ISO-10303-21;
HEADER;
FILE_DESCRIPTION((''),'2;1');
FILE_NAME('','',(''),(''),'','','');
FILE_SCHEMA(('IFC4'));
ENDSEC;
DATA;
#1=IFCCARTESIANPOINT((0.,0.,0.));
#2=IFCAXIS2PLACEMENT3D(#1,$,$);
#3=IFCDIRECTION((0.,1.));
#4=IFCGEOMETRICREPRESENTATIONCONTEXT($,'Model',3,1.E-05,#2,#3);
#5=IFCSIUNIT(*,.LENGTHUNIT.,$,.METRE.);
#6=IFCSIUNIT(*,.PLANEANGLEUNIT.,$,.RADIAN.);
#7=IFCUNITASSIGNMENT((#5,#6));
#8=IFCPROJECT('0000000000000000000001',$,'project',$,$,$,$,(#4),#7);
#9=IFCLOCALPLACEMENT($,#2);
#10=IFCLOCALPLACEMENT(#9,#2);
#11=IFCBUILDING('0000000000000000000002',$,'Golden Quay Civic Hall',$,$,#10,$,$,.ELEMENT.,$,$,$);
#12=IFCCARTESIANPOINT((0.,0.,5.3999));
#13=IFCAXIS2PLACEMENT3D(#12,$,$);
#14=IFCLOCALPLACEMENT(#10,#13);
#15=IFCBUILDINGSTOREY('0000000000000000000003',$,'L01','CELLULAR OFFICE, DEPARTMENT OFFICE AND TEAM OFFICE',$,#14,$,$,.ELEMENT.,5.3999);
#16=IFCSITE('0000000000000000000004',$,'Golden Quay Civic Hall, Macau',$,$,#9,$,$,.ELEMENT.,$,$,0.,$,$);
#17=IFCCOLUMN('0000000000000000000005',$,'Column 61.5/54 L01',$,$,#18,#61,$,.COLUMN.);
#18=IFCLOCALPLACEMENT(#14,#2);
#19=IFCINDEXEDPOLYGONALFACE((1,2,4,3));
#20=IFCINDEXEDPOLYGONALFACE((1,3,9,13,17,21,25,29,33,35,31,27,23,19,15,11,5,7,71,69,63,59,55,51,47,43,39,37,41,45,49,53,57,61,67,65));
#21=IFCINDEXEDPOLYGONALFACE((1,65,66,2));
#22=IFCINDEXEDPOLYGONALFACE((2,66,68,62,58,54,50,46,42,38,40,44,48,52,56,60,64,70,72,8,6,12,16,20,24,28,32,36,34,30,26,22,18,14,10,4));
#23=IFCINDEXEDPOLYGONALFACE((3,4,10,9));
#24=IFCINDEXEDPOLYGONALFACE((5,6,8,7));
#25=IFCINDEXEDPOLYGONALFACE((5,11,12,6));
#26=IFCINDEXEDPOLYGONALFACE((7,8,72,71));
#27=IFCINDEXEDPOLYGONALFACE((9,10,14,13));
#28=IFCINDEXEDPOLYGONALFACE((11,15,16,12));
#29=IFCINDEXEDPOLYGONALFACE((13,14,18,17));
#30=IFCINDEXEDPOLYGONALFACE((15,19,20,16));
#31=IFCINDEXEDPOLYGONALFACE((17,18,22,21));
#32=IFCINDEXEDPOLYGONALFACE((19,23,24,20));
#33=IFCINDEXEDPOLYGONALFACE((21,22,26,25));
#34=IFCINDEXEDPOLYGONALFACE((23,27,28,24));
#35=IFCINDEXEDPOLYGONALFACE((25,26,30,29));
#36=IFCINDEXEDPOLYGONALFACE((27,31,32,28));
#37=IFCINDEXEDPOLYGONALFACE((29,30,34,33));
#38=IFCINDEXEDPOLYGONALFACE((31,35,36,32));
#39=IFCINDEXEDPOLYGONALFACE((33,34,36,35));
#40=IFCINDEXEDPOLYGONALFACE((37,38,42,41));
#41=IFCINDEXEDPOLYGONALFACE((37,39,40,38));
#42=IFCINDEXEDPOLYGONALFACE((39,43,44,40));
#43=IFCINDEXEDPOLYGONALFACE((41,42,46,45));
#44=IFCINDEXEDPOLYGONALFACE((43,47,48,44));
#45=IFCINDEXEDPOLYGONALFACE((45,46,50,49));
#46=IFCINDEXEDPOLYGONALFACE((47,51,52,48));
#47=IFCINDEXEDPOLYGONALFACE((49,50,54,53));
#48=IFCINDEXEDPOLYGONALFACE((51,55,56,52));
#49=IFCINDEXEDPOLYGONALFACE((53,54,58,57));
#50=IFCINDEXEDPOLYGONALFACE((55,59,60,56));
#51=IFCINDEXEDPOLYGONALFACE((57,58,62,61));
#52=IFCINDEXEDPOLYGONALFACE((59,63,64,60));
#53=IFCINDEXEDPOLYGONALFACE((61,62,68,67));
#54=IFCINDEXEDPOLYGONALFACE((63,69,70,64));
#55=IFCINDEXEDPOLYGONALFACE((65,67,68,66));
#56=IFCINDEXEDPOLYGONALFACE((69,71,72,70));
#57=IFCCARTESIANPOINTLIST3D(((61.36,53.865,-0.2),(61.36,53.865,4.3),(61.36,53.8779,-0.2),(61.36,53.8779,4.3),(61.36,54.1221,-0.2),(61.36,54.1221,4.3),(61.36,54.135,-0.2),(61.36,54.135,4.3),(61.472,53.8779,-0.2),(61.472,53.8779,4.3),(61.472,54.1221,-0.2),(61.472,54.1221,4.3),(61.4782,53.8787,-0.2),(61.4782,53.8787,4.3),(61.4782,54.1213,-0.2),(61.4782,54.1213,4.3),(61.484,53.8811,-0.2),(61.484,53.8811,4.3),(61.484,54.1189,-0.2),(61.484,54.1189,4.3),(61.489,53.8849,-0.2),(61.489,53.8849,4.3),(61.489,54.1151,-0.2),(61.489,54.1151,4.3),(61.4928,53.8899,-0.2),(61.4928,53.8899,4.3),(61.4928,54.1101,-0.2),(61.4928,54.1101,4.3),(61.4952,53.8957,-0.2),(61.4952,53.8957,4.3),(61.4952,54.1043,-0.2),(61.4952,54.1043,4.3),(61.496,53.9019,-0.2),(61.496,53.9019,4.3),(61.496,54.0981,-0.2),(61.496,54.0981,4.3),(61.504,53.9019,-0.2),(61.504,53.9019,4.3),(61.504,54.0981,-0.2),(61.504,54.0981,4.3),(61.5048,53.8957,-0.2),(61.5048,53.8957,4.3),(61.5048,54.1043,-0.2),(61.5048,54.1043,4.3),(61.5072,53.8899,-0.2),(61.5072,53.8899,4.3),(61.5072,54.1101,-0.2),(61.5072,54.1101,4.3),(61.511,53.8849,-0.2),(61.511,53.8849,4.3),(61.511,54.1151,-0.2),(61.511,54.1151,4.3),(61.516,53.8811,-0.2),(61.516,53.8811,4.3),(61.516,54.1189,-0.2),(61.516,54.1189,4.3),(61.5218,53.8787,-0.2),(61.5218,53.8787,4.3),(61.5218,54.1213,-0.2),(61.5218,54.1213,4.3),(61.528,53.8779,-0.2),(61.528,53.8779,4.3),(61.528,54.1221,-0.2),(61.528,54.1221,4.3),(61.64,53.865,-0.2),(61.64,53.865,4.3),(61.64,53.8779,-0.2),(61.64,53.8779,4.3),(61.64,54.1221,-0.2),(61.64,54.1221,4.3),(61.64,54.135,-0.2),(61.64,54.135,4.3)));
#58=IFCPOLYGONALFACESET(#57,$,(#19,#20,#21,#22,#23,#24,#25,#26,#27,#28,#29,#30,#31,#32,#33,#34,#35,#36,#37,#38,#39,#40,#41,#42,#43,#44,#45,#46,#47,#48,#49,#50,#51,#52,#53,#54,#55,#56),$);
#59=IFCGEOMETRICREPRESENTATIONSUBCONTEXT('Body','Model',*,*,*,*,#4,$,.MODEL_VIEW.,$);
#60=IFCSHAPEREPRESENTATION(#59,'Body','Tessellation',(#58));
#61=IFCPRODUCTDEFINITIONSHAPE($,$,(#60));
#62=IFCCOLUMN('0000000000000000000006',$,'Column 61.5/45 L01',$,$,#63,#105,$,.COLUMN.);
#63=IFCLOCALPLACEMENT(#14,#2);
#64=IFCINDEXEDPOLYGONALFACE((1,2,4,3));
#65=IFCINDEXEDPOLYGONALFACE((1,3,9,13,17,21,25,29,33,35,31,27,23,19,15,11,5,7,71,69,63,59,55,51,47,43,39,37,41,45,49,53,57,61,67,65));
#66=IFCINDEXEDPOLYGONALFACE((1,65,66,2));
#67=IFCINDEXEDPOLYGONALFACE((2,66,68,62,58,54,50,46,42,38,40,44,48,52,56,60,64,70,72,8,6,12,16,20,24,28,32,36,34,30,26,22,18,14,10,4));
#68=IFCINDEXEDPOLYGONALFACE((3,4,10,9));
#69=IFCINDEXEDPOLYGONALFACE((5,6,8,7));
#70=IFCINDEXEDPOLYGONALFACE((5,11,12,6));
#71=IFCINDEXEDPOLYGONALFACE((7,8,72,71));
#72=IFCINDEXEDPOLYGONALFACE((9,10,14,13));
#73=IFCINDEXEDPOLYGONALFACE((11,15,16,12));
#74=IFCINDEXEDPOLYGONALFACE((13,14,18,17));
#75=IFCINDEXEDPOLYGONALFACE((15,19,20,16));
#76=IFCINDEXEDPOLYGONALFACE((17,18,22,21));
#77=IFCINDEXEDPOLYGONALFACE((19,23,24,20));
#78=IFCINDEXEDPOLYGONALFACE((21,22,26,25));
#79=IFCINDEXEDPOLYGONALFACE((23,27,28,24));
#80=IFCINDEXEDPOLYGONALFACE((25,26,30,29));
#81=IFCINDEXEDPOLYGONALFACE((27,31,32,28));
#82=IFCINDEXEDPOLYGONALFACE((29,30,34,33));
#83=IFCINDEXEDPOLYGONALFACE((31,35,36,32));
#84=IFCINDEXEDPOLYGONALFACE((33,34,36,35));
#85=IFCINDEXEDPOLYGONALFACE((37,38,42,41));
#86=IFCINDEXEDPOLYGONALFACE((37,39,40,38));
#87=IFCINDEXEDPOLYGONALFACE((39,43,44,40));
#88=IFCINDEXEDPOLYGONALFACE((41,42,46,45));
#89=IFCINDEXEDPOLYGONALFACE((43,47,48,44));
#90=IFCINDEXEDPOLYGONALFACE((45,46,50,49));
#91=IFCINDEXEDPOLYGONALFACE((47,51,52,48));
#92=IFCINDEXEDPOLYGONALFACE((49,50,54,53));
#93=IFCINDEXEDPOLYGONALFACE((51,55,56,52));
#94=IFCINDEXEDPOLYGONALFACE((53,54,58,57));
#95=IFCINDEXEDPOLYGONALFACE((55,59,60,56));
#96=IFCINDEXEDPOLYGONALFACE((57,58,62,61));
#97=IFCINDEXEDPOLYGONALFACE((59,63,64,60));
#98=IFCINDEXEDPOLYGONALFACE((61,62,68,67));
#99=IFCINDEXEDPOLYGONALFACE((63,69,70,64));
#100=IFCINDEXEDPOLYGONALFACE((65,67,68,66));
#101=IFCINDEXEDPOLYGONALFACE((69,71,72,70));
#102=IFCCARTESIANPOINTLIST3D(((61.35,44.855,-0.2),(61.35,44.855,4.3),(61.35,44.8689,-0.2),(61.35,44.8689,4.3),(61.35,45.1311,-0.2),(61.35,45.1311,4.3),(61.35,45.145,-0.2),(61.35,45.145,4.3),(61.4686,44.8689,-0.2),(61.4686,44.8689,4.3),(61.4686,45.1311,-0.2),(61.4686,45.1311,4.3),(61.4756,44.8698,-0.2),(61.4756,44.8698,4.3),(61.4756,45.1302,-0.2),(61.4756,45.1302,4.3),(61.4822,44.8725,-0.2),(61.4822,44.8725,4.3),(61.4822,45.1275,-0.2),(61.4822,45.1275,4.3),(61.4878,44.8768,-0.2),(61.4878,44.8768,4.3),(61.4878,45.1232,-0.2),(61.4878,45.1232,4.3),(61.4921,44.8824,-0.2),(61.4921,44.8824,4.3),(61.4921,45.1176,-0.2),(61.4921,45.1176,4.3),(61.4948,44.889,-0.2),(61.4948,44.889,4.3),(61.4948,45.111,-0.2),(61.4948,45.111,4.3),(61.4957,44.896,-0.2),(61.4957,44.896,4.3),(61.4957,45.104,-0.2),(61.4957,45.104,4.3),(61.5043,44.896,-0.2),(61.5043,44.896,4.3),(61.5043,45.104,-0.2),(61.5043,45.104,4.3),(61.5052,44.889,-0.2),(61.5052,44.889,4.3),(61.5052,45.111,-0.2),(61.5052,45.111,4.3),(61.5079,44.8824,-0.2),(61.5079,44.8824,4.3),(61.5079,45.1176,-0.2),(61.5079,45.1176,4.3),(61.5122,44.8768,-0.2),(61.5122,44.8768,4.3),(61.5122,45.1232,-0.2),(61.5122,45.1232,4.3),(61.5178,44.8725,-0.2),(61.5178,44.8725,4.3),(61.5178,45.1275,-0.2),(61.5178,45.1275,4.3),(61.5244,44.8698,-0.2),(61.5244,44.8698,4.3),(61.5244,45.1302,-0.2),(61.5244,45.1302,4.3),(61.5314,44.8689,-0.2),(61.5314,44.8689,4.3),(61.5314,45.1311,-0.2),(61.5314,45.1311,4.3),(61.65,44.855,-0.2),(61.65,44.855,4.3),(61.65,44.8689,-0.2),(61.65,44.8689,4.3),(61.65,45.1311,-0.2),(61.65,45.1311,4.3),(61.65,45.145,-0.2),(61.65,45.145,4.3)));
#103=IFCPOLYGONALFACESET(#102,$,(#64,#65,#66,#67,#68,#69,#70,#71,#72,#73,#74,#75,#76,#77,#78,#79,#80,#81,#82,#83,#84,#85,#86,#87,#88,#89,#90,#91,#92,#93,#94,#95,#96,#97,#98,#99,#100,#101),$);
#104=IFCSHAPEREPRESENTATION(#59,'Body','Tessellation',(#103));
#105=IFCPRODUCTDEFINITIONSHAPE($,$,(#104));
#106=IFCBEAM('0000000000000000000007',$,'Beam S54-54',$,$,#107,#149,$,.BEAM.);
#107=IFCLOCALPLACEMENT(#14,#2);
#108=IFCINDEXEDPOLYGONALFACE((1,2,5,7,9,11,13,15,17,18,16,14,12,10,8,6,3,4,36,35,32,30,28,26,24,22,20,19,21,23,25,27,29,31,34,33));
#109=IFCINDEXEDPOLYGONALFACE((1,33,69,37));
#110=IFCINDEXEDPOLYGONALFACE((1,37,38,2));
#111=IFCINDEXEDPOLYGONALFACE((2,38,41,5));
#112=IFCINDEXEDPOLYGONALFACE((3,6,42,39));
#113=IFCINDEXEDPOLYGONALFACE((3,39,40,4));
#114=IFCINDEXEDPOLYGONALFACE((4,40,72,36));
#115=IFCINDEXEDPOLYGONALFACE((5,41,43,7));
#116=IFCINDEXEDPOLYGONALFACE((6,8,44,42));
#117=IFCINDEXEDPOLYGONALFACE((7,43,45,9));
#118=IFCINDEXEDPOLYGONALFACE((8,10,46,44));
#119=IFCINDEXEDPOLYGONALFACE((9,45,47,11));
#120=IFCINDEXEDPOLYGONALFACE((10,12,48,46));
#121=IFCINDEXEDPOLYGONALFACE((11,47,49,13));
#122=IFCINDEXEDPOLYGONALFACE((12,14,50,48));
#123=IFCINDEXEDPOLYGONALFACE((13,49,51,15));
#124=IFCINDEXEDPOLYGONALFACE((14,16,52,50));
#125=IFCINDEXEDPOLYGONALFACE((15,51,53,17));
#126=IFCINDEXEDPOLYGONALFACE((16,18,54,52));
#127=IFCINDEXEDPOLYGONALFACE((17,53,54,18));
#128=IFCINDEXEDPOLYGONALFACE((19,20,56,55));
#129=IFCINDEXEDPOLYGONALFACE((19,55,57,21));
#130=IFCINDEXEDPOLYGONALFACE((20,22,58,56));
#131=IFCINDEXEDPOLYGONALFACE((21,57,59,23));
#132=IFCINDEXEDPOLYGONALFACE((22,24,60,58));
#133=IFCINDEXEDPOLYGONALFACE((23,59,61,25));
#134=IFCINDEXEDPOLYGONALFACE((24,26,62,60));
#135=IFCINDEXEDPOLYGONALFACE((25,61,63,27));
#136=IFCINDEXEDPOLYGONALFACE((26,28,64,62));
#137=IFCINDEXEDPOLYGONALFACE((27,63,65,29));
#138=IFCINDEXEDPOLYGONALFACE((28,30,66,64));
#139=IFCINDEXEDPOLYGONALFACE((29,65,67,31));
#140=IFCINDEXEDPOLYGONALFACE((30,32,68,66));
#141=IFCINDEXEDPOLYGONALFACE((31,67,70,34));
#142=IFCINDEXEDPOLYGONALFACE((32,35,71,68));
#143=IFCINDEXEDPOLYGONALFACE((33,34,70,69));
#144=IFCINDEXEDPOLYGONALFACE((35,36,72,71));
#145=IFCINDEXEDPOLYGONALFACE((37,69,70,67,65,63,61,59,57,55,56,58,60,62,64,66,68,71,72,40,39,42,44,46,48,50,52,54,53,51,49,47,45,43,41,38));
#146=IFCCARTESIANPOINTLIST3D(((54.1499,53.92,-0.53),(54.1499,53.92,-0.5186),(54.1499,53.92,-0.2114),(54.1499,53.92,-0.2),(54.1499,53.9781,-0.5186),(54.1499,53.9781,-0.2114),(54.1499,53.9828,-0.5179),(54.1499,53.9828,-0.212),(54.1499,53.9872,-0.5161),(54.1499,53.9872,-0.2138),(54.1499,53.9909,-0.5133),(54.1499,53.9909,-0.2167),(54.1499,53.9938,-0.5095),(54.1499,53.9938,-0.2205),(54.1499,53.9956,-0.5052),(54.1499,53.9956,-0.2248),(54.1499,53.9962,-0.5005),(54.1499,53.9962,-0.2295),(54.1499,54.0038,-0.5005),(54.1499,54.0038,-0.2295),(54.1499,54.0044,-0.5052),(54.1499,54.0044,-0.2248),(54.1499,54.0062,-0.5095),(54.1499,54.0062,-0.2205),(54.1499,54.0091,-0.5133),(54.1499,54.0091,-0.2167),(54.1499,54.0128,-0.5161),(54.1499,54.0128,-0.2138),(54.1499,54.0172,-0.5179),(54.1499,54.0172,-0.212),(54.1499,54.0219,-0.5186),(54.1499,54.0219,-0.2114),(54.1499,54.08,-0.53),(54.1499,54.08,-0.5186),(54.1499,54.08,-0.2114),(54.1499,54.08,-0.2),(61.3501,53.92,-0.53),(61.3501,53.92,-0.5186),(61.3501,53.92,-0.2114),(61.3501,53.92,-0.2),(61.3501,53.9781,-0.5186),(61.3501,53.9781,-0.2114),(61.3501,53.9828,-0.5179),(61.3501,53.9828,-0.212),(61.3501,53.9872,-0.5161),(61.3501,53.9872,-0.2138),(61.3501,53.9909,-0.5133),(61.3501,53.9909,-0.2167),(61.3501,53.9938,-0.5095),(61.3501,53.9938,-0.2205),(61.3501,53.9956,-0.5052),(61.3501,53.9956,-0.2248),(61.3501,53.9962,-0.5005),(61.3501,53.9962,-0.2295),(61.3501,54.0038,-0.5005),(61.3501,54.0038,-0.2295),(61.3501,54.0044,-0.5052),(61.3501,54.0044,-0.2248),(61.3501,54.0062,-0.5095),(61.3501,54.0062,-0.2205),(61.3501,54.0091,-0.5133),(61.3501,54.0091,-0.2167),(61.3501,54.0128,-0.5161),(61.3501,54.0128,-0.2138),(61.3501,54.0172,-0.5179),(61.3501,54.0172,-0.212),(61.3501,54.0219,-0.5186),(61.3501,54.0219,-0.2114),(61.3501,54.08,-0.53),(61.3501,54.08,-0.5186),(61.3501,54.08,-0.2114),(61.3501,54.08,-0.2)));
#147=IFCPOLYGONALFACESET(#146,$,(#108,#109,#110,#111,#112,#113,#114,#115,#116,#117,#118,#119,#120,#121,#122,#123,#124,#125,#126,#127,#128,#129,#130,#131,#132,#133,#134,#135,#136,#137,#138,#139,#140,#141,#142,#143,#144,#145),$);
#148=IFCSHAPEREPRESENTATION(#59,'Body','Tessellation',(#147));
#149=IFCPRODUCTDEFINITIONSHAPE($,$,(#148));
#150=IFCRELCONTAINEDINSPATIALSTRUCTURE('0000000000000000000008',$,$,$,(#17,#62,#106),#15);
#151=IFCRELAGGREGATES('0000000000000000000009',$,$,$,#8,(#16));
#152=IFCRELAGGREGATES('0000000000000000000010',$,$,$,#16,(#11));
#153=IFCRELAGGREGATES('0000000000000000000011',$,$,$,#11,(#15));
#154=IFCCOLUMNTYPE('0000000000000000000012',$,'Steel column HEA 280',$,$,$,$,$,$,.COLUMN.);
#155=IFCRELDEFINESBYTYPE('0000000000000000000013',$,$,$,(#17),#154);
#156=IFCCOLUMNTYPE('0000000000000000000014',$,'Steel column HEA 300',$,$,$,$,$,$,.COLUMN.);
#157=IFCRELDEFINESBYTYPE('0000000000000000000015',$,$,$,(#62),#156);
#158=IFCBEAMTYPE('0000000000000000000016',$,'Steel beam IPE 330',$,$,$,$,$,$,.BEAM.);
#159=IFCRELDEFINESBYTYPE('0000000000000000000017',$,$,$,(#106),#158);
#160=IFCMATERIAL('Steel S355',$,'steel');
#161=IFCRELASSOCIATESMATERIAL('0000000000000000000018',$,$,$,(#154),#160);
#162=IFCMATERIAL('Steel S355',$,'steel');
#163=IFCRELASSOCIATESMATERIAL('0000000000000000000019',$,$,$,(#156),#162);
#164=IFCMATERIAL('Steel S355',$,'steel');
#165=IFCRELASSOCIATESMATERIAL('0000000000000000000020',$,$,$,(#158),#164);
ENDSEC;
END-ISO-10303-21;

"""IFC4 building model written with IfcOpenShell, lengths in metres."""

from ifc_helpers import new_model, si_unit, direction, frame, origin, origin_2d, place, context, subcontext, project, spatial, i_section, extrude, material, material_profile, profile_set, type_object, element, save


model = new_model("IFC4")

# Units and contexts
model_context = context("Model", 3, precision=1e-05, world=origin(), true_north=direction((0.0, 1.0)))
body_context = subcontext(model_context, "Body", "Model", "MODEL_VIEW")
ifc_project = project(units=[si_unit("LENGTHUNIT", "METRE"), si_unit("PLANEANGLEUNIT", "RADIAN")], contexts=[model_context])

# Site, building, storey
site_placement = place(None, origin())
site = spatial("IfcSite", under=ifc_project, at=site_placement, Name="Golden Quay Civic Hall, Macau", CompositionType="ELEMENT", RefElevation=0.0)
building_placement = place(site_placement, origin())
building = spatial("IfcBuilding", under=site, at=building_placement, Name="Golden Quay Civic Hall", CompositionType="ELEMENT")
storey_placement = place(building_placement, frame((0.0, 0.0, 5.3999)))
storey = spatial("IfcBuildingStorey", under=building, at=storey_placement, Name="L01", Description="CELLULAR OFFICE, DEPARTMENT OFFICE AND TEAM OFFICE", CompositionType="ELEMENT", Elevation=5.3999)

# Columns
ifc_material_1 = material(Name="Steel S355", Category="steel")
ifc_material_profile_1 = material_profile(ifc_material_1, i_section(OverallWidth=0.28, OverallDepth=0.27, WebThickness=0.0081, FlangeThickness=0.0129, FilletRadius=0.0239, at=origin_2d()), Name="HEA 280")
ifc_profile_set_1 = profile_set([ifc_material_profile_1], Name="Steel S355")
column_type_1 = type_object("IfcColumnType", Name="Steel column HEA 280", PredefinedType="COLUMN", material=ifc_profile_set_1)
column_1_placement = place(storey_placement, frame((61.5, 54.0, -0.2), z_axis=(0.0, 0.0, 1.0), x_axis=(1.0, 0.0, 0.0)))
element("IfcColumn", 1, at=column_1_placement, inside=storey, type_object=column_type_1, Name="Column 61.5/54 L01", PredefinedType="COLUMN", context=body_context, shape_type="SweptSolid", body=[
    extrude(i_section(OverallWidth=0.28, OverallDepth=0.27, WebThickness=0.0081, FlangeThickness=0.0129, FilletRadius=0.0239, at=origin_2d()), origin(), (0.0, 0.0, 1.0), 4.5),
])
ifc_material_2 = material(Name="Steel S355", Category="steel")
ifc_material_profile_2 = material_profile(ifc_material_2, i_section(OverallWidth=0.3, OverallDepth=0.29, WebThickness=0.0085, FlangeThickness=0.0139, FilletRadius=0.0271, at=origin_2d()), Name="HEA 300")
ifc_profile_set_2 = profile_set([ifc_material_profile_2], Name="Steel S355")
column_type_2 = type_object("IfcColumnType", Name="Steel column HEA 300", PredefinedType="COLUMN", material=ifc_profile_set_2)
column_2_placement = place(storey_placement, frame((61.5, 45.0, -0.2), z_axis=(0.0, 0.0, 1.0), x_axis=(1.0, 0.0, 0.0)))
element("IfcColumn", 2, at=column_2_placement, inside=storey, type_object=column_type_2, Name="Column 61.5/45 L01", PredefinedType="COLUMN", context=body_context, shape_type="SweptSolid", body=[
    extrude(i_section(OverallWidth=0.3, OverallDepth=0.29, WebThickness=0.0085, FlangeThickness=0.0139, FilletRadius=0.0271, at=origin_2d()), origin(), (0.0, 0.0, 1.0), 4.5),
])

# Beam
ifc_material_3 = material(Name="Steel S355", Category="steel")
ifc_material_profile_3 = material_profile(ifc_material_3, i_section(OverallWidth=0.1599, OverallDepth=0.3301, WebThickness=0.0076, FlangeThickness=0.0115, FilletRadius=0.0181, at=origin_2d()), Name="IPE 330")
ifc_profile_set_3 = profile_set([ifc_material_profile_3], Name="Steel S355")
beam_type_1 = type_object("IfcBeamType", Name="Steel beam IPE 330", PredefinedType="BEAM", material=ifc_profile_set_3)
beam_1_placement = place(storey_placement, frame((54.1499, 54.0, -0.365), z_axis=(1.0, 0.0, 0.0), x_axis=(0.0, 1.0, 0.0)))
element("IfcBeam", 3, at=beam_1_placement, inside=storey, type_object=beam_type_1, Name="Beam S54-54", PredefinedType="BEAM", context=body_context, shape_type="SweptSolid", body=[
    extrude(i_section(OverallWidth=0.1599, OverallDepth=0.3301, WebThickness=0.0076, FlangeThickness=0.0115, FilletRadius=0.0181, at=origin_2d()), origin(), (0.0, 0.0, 1.0), 7.2002),
])

save(model, "model.ifc")
